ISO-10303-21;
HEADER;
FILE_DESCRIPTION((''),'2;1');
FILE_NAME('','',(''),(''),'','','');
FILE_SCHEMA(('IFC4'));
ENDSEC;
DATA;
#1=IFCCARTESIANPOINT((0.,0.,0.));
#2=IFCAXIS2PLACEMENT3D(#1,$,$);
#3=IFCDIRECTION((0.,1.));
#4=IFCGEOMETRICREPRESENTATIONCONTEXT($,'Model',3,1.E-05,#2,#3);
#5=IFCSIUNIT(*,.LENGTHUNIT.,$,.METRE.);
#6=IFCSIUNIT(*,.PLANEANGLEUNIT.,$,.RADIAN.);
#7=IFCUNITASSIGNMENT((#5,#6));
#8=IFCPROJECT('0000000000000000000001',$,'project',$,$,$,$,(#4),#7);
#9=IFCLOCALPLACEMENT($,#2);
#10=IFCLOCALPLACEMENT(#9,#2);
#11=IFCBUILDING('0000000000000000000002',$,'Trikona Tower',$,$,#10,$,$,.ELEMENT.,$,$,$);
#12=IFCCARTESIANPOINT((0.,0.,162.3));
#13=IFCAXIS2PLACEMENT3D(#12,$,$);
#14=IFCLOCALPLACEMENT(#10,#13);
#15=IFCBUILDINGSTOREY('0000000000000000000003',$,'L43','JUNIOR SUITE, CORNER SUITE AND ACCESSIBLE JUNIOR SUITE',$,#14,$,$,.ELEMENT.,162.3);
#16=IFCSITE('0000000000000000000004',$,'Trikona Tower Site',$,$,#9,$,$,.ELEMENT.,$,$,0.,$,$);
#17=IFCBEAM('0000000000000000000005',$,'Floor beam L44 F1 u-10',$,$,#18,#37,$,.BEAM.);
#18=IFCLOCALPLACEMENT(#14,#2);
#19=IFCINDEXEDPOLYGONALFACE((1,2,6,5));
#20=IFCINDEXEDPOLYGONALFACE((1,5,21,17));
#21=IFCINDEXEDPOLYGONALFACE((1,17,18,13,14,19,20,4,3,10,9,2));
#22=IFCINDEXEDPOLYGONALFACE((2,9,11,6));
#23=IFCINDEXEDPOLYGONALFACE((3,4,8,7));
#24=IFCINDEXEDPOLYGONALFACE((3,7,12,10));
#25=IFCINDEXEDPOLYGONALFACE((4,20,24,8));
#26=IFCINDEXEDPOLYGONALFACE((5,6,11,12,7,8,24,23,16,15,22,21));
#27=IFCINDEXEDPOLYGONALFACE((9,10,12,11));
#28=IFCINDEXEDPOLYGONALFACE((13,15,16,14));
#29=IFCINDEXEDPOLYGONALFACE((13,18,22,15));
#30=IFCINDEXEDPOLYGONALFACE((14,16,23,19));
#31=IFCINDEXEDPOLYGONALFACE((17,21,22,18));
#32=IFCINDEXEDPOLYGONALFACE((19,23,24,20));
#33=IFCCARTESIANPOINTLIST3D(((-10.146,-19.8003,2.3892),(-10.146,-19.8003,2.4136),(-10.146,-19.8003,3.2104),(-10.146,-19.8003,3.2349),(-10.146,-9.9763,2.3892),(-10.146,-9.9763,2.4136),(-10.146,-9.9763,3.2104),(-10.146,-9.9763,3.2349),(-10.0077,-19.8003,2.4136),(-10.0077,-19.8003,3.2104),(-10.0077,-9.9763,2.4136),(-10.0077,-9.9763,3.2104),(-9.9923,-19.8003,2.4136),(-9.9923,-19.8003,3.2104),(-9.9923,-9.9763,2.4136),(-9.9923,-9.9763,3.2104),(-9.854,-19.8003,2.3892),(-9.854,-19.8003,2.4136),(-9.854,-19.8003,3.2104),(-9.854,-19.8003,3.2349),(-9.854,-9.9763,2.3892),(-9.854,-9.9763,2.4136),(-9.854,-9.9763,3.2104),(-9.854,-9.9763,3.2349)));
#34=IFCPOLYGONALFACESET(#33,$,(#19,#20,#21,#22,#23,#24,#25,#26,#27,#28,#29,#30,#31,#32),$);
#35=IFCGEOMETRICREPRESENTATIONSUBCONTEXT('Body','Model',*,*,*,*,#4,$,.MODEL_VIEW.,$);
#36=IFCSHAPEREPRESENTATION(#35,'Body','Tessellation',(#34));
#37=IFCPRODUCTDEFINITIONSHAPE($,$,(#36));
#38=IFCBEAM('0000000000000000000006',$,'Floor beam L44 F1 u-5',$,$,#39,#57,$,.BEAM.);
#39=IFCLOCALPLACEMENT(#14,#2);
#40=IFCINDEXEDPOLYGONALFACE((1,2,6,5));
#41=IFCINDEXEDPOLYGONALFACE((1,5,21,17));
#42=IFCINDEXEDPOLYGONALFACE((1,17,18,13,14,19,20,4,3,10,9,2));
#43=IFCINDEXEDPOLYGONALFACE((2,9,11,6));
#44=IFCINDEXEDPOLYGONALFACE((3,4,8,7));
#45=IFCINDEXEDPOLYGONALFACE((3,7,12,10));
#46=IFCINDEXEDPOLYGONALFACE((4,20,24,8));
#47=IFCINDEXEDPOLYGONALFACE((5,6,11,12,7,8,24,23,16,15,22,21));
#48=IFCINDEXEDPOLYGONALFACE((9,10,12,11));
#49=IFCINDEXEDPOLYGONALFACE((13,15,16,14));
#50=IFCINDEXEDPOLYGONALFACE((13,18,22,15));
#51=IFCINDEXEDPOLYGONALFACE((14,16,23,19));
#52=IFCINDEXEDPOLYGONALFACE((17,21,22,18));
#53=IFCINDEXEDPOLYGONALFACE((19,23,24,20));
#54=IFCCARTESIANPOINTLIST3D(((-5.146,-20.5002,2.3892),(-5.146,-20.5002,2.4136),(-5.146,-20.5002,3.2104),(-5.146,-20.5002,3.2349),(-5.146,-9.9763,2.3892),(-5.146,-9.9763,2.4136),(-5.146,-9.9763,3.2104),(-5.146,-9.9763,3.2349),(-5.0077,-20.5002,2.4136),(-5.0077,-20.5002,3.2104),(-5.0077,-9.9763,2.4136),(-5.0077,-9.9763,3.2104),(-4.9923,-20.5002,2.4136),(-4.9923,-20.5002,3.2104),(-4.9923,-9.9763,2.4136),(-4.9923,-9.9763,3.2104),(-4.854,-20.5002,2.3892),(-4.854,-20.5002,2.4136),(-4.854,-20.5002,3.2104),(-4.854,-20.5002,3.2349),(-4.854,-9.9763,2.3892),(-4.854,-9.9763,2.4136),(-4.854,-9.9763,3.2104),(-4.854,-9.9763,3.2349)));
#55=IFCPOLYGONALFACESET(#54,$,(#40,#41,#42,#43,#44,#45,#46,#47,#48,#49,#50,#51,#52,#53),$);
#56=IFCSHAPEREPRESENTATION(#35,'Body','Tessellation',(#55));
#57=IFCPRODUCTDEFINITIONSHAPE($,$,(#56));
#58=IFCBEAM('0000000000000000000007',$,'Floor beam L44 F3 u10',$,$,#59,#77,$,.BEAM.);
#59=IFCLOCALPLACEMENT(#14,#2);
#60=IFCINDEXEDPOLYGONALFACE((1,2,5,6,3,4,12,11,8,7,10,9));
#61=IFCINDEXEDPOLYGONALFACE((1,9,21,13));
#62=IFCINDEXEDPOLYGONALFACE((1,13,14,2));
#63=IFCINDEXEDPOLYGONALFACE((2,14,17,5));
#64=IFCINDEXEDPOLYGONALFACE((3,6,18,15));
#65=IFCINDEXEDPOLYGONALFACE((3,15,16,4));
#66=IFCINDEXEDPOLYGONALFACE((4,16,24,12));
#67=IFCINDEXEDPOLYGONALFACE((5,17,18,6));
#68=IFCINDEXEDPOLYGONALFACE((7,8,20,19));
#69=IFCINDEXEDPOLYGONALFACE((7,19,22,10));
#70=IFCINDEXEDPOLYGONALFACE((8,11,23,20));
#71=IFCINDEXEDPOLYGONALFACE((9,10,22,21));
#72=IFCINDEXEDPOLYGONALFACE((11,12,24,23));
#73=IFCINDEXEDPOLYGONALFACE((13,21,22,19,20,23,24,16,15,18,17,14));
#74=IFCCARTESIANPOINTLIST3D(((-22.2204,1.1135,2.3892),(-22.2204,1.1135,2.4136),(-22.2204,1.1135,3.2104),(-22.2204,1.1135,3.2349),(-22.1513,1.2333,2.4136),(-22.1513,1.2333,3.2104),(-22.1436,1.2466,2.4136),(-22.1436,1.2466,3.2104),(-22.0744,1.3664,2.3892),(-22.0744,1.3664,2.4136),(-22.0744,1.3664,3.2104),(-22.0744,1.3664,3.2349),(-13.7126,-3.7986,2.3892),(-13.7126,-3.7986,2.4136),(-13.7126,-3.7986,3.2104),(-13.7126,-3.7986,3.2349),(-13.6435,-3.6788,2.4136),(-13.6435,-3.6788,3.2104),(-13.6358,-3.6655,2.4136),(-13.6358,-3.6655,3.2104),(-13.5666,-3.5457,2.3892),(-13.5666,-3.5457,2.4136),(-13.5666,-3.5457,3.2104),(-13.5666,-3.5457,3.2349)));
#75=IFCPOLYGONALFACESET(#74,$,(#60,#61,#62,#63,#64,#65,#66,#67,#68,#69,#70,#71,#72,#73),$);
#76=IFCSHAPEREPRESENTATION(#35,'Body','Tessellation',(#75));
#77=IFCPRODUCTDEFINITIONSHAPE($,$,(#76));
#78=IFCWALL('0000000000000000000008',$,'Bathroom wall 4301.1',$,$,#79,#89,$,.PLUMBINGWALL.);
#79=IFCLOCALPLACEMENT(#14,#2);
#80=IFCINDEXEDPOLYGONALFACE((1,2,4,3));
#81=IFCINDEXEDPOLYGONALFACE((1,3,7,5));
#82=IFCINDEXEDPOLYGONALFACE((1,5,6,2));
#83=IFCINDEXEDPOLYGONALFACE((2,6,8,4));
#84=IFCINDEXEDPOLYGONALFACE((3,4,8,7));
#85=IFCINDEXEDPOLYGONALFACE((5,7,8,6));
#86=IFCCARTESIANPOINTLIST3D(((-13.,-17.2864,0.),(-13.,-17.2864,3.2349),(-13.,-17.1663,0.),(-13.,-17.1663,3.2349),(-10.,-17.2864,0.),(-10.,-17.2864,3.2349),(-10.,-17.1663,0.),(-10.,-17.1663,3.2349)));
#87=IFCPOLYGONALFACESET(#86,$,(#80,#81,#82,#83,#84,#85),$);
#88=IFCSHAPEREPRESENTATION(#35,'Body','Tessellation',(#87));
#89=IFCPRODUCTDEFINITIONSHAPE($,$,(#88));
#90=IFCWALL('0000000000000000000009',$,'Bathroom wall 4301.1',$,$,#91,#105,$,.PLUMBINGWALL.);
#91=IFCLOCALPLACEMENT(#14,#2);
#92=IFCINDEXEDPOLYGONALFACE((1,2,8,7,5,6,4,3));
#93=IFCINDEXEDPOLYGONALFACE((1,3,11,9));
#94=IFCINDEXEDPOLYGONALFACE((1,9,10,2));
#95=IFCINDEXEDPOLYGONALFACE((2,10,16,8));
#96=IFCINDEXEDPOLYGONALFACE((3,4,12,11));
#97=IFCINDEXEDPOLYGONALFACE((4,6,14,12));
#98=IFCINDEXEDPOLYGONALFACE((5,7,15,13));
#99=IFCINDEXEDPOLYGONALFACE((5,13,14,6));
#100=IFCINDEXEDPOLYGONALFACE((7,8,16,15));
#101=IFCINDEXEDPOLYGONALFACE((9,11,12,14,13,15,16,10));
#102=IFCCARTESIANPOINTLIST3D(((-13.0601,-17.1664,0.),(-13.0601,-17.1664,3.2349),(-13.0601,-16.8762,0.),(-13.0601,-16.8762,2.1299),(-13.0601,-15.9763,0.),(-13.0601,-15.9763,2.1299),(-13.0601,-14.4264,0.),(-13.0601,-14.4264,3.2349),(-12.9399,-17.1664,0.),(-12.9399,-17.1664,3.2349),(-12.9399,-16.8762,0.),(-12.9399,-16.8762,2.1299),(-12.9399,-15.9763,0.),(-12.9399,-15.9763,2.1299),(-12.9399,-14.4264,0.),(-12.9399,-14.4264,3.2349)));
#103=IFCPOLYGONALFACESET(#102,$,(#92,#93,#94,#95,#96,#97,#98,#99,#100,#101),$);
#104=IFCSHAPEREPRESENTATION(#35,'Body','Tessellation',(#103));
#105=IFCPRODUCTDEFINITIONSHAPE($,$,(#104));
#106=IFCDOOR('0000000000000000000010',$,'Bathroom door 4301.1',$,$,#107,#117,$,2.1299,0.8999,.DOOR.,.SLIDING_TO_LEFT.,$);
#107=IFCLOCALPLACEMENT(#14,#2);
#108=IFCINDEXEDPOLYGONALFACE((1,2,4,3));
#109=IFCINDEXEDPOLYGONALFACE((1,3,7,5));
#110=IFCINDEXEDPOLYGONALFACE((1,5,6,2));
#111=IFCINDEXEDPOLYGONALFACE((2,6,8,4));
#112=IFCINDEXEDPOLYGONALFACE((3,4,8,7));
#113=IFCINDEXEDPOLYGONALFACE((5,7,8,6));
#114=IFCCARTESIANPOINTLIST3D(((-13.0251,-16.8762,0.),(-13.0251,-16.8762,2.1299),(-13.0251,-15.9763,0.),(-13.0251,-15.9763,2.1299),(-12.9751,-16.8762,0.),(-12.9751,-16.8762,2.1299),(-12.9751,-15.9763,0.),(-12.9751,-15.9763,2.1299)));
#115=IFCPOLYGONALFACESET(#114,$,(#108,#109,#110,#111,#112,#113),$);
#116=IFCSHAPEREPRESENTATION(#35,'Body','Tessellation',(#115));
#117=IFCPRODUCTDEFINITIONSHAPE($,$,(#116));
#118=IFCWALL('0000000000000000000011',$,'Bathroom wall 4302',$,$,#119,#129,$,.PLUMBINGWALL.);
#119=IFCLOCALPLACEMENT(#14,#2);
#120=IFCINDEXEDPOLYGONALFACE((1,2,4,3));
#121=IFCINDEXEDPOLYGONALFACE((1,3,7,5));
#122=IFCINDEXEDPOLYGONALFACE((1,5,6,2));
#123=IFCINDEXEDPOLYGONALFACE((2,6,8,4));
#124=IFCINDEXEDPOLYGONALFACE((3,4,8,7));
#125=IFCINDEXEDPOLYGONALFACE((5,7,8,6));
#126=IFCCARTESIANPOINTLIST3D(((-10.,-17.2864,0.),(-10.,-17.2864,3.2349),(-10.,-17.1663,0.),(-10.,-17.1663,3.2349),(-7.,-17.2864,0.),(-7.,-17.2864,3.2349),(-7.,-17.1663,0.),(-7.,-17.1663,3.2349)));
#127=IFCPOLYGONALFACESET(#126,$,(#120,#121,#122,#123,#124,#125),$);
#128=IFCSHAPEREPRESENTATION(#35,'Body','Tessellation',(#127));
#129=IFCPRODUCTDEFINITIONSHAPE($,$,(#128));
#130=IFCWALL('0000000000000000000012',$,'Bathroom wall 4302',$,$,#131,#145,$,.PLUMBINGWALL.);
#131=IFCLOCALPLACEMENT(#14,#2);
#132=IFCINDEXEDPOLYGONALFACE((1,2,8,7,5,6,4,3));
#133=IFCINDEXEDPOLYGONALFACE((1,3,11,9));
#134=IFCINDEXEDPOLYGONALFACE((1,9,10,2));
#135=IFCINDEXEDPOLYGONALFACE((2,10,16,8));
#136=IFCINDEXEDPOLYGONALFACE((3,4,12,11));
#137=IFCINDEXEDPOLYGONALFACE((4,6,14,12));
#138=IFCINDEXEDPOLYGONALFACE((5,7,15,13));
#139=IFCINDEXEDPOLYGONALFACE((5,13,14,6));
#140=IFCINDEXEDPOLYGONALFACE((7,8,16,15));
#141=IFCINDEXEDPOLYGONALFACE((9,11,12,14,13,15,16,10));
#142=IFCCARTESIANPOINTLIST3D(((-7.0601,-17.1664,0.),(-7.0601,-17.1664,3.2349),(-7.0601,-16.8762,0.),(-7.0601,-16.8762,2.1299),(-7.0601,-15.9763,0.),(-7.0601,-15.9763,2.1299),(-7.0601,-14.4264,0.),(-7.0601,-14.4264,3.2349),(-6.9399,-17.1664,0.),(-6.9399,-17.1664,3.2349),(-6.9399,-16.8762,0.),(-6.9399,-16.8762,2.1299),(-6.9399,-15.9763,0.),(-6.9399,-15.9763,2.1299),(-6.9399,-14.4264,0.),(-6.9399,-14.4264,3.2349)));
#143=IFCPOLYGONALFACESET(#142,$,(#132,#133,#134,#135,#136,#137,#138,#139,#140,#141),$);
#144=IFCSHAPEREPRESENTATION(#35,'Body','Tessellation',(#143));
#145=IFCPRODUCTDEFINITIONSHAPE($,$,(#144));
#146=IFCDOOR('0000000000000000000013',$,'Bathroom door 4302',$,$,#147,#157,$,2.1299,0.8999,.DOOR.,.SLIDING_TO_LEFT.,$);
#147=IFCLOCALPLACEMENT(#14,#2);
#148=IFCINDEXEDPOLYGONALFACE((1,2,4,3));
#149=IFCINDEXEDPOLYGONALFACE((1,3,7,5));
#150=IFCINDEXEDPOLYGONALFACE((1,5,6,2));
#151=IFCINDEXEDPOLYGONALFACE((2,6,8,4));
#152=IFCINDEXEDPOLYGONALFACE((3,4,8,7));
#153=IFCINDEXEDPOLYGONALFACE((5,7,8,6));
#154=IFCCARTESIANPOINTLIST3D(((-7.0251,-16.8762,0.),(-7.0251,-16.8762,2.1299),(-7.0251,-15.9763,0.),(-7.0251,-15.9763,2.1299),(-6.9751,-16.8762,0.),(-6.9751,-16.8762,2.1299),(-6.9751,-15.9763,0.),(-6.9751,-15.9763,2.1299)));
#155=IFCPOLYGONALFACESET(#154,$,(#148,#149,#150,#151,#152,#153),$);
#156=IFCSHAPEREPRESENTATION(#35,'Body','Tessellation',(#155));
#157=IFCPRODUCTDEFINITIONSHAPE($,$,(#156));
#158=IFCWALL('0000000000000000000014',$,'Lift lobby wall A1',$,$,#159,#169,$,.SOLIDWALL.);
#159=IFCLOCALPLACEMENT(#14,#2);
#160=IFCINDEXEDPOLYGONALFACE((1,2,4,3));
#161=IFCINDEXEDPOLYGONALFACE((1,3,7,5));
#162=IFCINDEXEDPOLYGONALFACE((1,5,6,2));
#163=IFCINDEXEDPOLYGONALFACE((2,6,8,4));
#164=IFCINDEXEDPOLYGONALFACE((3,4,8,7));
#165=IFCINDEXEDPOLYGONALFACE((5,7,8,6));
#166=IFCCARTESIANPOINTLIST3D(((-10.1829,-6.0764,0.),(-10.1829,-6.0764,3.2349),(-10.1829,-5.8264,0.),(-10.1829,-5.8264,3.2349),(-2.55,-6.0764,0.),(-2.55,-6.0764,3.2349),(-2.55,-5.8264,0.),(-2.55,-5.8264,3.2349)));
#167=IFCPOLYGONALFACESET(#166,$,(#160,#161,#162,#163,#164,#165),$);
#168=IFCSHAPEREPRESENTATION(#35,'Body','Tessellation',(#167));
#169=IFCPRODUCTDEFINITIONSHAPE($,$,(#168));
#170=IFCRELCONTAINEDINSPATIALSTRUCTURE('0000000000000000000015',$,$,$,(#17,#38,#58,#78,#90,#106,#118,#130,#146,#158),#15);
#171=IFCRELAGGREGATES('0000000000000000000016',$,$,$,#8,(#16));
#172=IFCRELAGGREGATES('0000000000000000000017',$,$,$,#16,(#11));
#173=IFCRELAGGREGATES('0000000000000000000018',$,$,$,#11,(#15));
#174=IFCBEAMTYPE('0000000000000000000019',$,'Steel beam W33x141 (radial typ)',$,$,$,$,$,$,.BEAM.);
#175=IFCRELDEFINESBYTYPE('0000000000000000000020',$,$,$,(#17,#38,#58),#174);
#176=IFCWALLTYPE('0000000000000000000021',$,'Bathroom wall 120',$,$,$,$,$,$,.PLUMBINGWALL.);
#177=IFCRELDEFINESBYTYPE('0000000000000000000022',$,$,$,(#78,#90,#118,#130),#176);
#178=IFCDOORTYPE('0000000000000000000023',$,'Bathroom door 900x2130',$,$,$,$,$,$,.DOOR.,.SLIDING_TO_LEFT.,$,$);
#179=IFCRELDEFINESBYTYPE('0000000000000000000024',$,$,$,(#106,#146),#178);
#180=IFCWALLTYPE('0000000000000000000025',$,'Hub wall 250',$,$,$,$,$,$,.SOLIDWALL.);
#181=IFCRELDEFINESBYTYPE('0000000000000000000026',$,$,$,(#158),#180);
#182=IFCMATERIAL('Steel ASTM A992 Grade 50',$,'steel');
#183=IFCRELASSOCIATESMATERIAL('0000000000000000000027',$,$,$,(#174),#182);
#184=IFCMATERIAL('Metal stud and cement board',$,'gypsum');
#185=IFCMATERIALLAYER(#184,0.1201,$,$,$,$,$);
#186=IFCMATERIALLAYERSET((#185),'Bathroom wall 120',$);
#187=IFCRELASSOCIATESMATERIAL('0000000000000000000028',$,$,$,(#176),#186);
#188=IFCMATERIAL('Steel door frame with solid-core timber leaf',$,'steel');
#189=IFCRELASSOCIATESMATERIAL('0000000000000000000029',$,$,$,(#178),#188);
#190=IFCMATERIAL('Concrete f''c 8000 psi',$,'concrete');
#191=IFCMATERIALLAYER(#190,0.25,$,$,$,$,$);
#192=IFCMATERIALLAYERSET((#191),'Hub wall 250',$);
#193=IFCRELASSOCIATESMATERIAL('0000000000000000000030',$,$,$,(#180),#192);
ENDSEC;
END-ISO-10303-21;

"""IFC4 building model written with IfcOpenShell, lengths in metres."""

from ifc_helpers import new_model, si_unit, direction, frame, frame_2d, origin, origin_2d, place, context, subcontext, project, spatial, rectangle, i_section, extrude, material, layer, layer_set, material_profile, profile_set, type_object, element, fill, save


model = new_model("IFC4")

# Units and contexts
model_context = context("Model", 3, precision=1e-05, world=origin(), true_north=direction((0.0, 1.0)))
body_context = subcontext(model_context, "Body", "Model", "MODEL_VIEW")
ifc_project = project(units=[si_unit("LENGTHUNIT", "METRE"), si_unit("PLANEANGLEUNIT", "RADIAN")], contexts=[model_context])

# Site, building, storey
site_placement = place(None, origin())
site = spatial("IfcSite", under=ifc_project, at=site_placement, Name="Trikona Tower Site", CompositionType="ELEMENT", RefElevation=0.0)
building_placement = place(site_placement, origin())
building = spatial("IfcBuilding", under=site, at=building_placement, Name="Trikona Tower", CompositionType="ELEMENT")
storey_placement = place(building_placement, frame((0.0, 0.0, 162.3)))
storey = spatial("IfcBuildingStorey", under=building, at=storey_placement, Name="L43", Description="JUNIOR SUITE, CORNER SUITE AND ACCESSIBLE JUNIOR SUITE", CompositionType="ELEMENT", Elevation=162.3)

# Beams
ifc_material_1 = material(Name="Steel ASTM A992 Grade 50", Category="steel")
ifc_material_profile = material_profile(ifc_material_1, i_section(OverallWidth=0.292, OverallDepth=0.8457, WebThickness=0.0154, FlangeThickness=0.0244, at=origin_2d()), Name="W33X141")
ifc_profile_set = profile_set([ifc_material_profile], Name="Steel ASTM A992 Grade 50")
beam_type = type_object("IfcBeamType", Name="Steel beam W33x141 (radial typ)", PredefinedType="BEAM", material=ifc_profile_set)
beam_1_placement = place(storey_placement, frame((-10.0, -9.9763, 2.812), z_axis=(0.0, -1.0, 0.0), x_axis=(1.0, 0.0, 0.0)))
element("IfcBeam", 1, at=beam_1_placement, inside=storey, type_object=beam_type, Name="Floor beam L44 F1 u-10", PredefinedType="BEAM", context=body_context, shape_type="SweptSolid", body=[
    extrude(i_section(OverallWidth=0.292, OverallDepth=0.8457, WebThickness=0.0154, FlangeThickness=0.0244, at=origin_2d()), origin(), (0.0, 0.0, 1.0), 9.824),
])
beam_2_placement = place(storey_placement, frame((-5.0, -9.9763, 2.812), z_axis=(0.0, -1.0, 0.0), x_axis=(1.0, 0.0, 0.0)))
element("IfcBeam", 2, at=beam_2_placement, inside=storey, type_object=beam_type, Name="Floor beam L44 F1 u-5", PredefinedType="BEAM", context=body_context, shape_type="SweptSolid", body=[
    extrude(i_section(OverallWidth=0.292, OverallDepth=0.8457, WebThickness=0.0154, FlangeThickness=0.0244, at=origin_2d()), origin(), (0.0, 0.0, 1.0), 10.5239),
])
beam_3_placement = place(storey_placement, frame((-13.6396, -3.6721, 2.812), z_axis=(-0.86602, 0.500009, 0.0), x_axis=(-0.500009, -0.86602, 0.0)))
element("IfcBeam", 3, at=beam_3_placement, inside=storey, type_object=beam_type, Name="Floor beam L44 F3 u10", PredefinedType="BEAM", context=body_context, shape_type="SweptSolid", body=[
    extrude(i_section(OverallWidth=0.292, OverallDepth=0.8457, WebThickness=0.0154, FlangeThickness=0.0244, at=origin_2d()), origin(), (0.0, 0.0, 1.0), 9.824),
])

# Wall
ifc_material_2 = material(Name="Metal stud and cement board", Category="gypsum")
ifc_layer_1 = layer(ifc_material_2, 0.1201)
ifc_layer_set_1 = layer_set([ifc_layer_1], Name="Bathroom wall 120")
wall_type_1 = type_object("IfcWallType", Name="Bathroom wall 120", PredefinedType="PLUMBINGWALL", material=ifc_layer_set_1)
wall_1_placement = place(storey_placement, frame((-13.0, -17.2263, 0.0), z_axis=(0.0, 0.0, 1.0), x_axis=(1.0, 0.0, 0.0)))
element("IfcWall", 4, at=wall_1_placement, inside=storey, type_object=wall_type_1, Name="Bathroom wall 4301.1", PredefinedType="PLUMBINGWALL", context=body_context, shape_type="SweptSolid", body=[
    extrude(rectangle(XDim=3.0, YDim=0.1201, at=frame_2d((1.5, 0.0))), origin(), (0.0, 0.0, 1.0), 3.2349),
])

# Wall, opening, door
wall_2_placement = place(storey_placement, frame((-13.0, -14.4263, 0.0), z_axis=(0.0, 0.0, 1.0), x_axis=(0.0, -1.0, 0.0)))
wall_2 = element("IfcWall", 5, at=wall_2_placement, inside=storey, type_object=wall_type_1, Name="Bathroom wall 4301.1", PredefinedType="PLUMBINGWALL", context=body_context, shape_type="SweptSolid", body=[
    extrude(rectangle(XDim=2.74, YDim=0.1201, at=frame_2d((1.3701, 0.0))), origin(), (0.0, 0.0, 1.0), 3.2349),
])
opening_1_placement = place(wall_2_placement, frame((1.55, 0.0, 0.0)))
opening_1 = element("IfcOpeningElement", 6, at=opening_1_placement, cuts=wall_2, PredefinedType="OPENING", context=body_context, shape_type="SweptSolid", body=[
    extrude(rectangle(XDim=0.8999, YDim=2.1299, at=frame_2d((0.45, 1.0649))), frame((0.0, 0.0701, 0.0), z_axis=(0.0, -1.0, 0.0), x_axis=(1.0, 0.0, 0.0)), (0.0, 0.0, 1.0), 0.1401),
])
ifc_material_3 = material(Name="Steel door frame with solid-core timber leaf", Category="steel")
door_type_1 = type_object("IfcDoorType", Name="Bathroom door 900x2130", OperationType="SLIDING_TO_LEFT", PredefinedType="DOOR", material=ifc_material_3)
door_1_placement = place(opening_1_placement, origin())
door_1 = element("IfcDoor", 7, at=door_1_placement, inside=storey, type_object=door_type_1, Name="Bathroom door 4301.1", OperationType="SLIDING_TO_LEFT", OverallHeight=2.1299, OverallWidth=0.8999, PredefinedType="DOOR", context=body_context, shape_type="SweptSolid", body=[
    extrude(rectangle(XDim=0.8999, YDim=2.1299, at=frame_2d((0.45, 1.0649))), frame((0.0, 0.0249, 0.0), z_axis=(0.0, -1.0, 0.0), x_axis=(1.0, 0.0, 0.0)), (0.0, 0.0, 1.0), 0.05),
])
fill(opening_1, door_1)

# Wall
wall_3_placement = place(storey_placement, frame((-10.0, -17.2263, 0.0), z_axis=(0.0, 0.0, 1.0), x_axis=(1.0, 0.0, 0.0)))
element("IfcWall", 8, at=wall_3_placement, inside=storey, type_object=wall_type_1, Name="Bathroom wall 4302", PredefinedType="PLUMBINGWALL", context=body_context, shape_type="SweptSolid", body=[
    extrude(rectangle(XDim=3.0, YDim=0.1201, at=frame_2d((1.5, 0.0))), origin(), (0.0, 0.0, 1.0), 3.2349),
])

# Wall, opening, door
wall_4_placement = place(storey_placement, frame((-7.0, -14.4263, 0.0), z_axis=(0.0, 0.0, 1.0), x_axis=(0.0, -1.0, 0.0)))
wall_4 = element("IfcWall", 9, at=wall_4_placement, inside=storey, type_object=wall_type_1, Name="Bathroom wall 4302", PredefinedType="PLUMBINGWALL", context=body_context, shape_type="SweptSolid", body=[
    extrude(rectangle(XDim=2.74, YDim=0.1201, at=frame_2d((1.3701, 0.0))), origin(), (0.0, 0.0, 1.0), 3.2349),
])
opening_2_placement = place(wall_4_placement, frame((1.55, 0.0, 0.0)))
opening_2 = element("IfcOpeningElement", 10, at=opening_2_placement, cuts=wall_4, PredefinedType="OPENING", context=body_context, shape_type="SweptSolid", body=[
    extrude(rectangle(XDim=0.8999, YDim=2.1299, at=frame_2d((0.45, 1.0649))), frame((0.0, 0.0701, 0.0), z_axis=(0.0, -1.0, 0.0), x_axis=(1.0, 0.0, 0.0)), (0.0, 0.0, 1.0), 0.1401),
])
door_2_placement = place(opening_2_placement, origin())
door_2 = element("IfcDoor", 11, at=door_2_placement, inside=storey, type_object=door_type_1, Name="Bathroom door 4302", OperationType="SLIDING_TO_LEFT", OverallHeight=2.1299, OverallWidth=0.8999, PredefinedType="DOOR", context=body_context, shape_type="SweptSolid", body=[
    extrude(rectangle(XDim=0.8999, YDim=2.1299, at=frame_2d((0.45, 1.0649))), frame((0.0, 0.0249, 0.0), z_axis=(0.0, -1.0, 0.0), x_axis=(1.0, 0.0, 0.0)), (0.0, 0.0, 1.0), 0.05),
])
fill(opening_2, door_2)

# Wall
ifc_material_4 = material(Name="Concrete f'c 8000 psi", Category="concrete")
ifc_layer_2 = layer(ifc_material_4, 0.25)
ifc_layer_set_2 = layer_set([ifc_layer_2], Name="Hub wall 250")
wall_type_2 = type_object("IfcWallType", Name="Hub wall 250", PredefinedType="SOLIDWALL", material=ifc_layer_set_2)
wall_5_placement = place(storey_placement, frame((-10.1829, -5.9514, 0.0), z_axis=(0.0, 0.0, 1.0), x_axis=(1.0, 0.0, 0.0)))
element("IfcWall", 12, at=wall_5_placement, inside=storey, type_object=wall_type_2, Name="Lift lobby wall A1", PredefinedType="SOLIDWALL", context=body_context, shape_type="SweptSolid", body=[
    extrude(rectangle(XDim=7.6328, YDim=0.25, at=frame_2d((3.8164, 0.0))), origin(), (0.0, 0.0, 1.0), 3.2349),
])

save(model, "model.ifc")
